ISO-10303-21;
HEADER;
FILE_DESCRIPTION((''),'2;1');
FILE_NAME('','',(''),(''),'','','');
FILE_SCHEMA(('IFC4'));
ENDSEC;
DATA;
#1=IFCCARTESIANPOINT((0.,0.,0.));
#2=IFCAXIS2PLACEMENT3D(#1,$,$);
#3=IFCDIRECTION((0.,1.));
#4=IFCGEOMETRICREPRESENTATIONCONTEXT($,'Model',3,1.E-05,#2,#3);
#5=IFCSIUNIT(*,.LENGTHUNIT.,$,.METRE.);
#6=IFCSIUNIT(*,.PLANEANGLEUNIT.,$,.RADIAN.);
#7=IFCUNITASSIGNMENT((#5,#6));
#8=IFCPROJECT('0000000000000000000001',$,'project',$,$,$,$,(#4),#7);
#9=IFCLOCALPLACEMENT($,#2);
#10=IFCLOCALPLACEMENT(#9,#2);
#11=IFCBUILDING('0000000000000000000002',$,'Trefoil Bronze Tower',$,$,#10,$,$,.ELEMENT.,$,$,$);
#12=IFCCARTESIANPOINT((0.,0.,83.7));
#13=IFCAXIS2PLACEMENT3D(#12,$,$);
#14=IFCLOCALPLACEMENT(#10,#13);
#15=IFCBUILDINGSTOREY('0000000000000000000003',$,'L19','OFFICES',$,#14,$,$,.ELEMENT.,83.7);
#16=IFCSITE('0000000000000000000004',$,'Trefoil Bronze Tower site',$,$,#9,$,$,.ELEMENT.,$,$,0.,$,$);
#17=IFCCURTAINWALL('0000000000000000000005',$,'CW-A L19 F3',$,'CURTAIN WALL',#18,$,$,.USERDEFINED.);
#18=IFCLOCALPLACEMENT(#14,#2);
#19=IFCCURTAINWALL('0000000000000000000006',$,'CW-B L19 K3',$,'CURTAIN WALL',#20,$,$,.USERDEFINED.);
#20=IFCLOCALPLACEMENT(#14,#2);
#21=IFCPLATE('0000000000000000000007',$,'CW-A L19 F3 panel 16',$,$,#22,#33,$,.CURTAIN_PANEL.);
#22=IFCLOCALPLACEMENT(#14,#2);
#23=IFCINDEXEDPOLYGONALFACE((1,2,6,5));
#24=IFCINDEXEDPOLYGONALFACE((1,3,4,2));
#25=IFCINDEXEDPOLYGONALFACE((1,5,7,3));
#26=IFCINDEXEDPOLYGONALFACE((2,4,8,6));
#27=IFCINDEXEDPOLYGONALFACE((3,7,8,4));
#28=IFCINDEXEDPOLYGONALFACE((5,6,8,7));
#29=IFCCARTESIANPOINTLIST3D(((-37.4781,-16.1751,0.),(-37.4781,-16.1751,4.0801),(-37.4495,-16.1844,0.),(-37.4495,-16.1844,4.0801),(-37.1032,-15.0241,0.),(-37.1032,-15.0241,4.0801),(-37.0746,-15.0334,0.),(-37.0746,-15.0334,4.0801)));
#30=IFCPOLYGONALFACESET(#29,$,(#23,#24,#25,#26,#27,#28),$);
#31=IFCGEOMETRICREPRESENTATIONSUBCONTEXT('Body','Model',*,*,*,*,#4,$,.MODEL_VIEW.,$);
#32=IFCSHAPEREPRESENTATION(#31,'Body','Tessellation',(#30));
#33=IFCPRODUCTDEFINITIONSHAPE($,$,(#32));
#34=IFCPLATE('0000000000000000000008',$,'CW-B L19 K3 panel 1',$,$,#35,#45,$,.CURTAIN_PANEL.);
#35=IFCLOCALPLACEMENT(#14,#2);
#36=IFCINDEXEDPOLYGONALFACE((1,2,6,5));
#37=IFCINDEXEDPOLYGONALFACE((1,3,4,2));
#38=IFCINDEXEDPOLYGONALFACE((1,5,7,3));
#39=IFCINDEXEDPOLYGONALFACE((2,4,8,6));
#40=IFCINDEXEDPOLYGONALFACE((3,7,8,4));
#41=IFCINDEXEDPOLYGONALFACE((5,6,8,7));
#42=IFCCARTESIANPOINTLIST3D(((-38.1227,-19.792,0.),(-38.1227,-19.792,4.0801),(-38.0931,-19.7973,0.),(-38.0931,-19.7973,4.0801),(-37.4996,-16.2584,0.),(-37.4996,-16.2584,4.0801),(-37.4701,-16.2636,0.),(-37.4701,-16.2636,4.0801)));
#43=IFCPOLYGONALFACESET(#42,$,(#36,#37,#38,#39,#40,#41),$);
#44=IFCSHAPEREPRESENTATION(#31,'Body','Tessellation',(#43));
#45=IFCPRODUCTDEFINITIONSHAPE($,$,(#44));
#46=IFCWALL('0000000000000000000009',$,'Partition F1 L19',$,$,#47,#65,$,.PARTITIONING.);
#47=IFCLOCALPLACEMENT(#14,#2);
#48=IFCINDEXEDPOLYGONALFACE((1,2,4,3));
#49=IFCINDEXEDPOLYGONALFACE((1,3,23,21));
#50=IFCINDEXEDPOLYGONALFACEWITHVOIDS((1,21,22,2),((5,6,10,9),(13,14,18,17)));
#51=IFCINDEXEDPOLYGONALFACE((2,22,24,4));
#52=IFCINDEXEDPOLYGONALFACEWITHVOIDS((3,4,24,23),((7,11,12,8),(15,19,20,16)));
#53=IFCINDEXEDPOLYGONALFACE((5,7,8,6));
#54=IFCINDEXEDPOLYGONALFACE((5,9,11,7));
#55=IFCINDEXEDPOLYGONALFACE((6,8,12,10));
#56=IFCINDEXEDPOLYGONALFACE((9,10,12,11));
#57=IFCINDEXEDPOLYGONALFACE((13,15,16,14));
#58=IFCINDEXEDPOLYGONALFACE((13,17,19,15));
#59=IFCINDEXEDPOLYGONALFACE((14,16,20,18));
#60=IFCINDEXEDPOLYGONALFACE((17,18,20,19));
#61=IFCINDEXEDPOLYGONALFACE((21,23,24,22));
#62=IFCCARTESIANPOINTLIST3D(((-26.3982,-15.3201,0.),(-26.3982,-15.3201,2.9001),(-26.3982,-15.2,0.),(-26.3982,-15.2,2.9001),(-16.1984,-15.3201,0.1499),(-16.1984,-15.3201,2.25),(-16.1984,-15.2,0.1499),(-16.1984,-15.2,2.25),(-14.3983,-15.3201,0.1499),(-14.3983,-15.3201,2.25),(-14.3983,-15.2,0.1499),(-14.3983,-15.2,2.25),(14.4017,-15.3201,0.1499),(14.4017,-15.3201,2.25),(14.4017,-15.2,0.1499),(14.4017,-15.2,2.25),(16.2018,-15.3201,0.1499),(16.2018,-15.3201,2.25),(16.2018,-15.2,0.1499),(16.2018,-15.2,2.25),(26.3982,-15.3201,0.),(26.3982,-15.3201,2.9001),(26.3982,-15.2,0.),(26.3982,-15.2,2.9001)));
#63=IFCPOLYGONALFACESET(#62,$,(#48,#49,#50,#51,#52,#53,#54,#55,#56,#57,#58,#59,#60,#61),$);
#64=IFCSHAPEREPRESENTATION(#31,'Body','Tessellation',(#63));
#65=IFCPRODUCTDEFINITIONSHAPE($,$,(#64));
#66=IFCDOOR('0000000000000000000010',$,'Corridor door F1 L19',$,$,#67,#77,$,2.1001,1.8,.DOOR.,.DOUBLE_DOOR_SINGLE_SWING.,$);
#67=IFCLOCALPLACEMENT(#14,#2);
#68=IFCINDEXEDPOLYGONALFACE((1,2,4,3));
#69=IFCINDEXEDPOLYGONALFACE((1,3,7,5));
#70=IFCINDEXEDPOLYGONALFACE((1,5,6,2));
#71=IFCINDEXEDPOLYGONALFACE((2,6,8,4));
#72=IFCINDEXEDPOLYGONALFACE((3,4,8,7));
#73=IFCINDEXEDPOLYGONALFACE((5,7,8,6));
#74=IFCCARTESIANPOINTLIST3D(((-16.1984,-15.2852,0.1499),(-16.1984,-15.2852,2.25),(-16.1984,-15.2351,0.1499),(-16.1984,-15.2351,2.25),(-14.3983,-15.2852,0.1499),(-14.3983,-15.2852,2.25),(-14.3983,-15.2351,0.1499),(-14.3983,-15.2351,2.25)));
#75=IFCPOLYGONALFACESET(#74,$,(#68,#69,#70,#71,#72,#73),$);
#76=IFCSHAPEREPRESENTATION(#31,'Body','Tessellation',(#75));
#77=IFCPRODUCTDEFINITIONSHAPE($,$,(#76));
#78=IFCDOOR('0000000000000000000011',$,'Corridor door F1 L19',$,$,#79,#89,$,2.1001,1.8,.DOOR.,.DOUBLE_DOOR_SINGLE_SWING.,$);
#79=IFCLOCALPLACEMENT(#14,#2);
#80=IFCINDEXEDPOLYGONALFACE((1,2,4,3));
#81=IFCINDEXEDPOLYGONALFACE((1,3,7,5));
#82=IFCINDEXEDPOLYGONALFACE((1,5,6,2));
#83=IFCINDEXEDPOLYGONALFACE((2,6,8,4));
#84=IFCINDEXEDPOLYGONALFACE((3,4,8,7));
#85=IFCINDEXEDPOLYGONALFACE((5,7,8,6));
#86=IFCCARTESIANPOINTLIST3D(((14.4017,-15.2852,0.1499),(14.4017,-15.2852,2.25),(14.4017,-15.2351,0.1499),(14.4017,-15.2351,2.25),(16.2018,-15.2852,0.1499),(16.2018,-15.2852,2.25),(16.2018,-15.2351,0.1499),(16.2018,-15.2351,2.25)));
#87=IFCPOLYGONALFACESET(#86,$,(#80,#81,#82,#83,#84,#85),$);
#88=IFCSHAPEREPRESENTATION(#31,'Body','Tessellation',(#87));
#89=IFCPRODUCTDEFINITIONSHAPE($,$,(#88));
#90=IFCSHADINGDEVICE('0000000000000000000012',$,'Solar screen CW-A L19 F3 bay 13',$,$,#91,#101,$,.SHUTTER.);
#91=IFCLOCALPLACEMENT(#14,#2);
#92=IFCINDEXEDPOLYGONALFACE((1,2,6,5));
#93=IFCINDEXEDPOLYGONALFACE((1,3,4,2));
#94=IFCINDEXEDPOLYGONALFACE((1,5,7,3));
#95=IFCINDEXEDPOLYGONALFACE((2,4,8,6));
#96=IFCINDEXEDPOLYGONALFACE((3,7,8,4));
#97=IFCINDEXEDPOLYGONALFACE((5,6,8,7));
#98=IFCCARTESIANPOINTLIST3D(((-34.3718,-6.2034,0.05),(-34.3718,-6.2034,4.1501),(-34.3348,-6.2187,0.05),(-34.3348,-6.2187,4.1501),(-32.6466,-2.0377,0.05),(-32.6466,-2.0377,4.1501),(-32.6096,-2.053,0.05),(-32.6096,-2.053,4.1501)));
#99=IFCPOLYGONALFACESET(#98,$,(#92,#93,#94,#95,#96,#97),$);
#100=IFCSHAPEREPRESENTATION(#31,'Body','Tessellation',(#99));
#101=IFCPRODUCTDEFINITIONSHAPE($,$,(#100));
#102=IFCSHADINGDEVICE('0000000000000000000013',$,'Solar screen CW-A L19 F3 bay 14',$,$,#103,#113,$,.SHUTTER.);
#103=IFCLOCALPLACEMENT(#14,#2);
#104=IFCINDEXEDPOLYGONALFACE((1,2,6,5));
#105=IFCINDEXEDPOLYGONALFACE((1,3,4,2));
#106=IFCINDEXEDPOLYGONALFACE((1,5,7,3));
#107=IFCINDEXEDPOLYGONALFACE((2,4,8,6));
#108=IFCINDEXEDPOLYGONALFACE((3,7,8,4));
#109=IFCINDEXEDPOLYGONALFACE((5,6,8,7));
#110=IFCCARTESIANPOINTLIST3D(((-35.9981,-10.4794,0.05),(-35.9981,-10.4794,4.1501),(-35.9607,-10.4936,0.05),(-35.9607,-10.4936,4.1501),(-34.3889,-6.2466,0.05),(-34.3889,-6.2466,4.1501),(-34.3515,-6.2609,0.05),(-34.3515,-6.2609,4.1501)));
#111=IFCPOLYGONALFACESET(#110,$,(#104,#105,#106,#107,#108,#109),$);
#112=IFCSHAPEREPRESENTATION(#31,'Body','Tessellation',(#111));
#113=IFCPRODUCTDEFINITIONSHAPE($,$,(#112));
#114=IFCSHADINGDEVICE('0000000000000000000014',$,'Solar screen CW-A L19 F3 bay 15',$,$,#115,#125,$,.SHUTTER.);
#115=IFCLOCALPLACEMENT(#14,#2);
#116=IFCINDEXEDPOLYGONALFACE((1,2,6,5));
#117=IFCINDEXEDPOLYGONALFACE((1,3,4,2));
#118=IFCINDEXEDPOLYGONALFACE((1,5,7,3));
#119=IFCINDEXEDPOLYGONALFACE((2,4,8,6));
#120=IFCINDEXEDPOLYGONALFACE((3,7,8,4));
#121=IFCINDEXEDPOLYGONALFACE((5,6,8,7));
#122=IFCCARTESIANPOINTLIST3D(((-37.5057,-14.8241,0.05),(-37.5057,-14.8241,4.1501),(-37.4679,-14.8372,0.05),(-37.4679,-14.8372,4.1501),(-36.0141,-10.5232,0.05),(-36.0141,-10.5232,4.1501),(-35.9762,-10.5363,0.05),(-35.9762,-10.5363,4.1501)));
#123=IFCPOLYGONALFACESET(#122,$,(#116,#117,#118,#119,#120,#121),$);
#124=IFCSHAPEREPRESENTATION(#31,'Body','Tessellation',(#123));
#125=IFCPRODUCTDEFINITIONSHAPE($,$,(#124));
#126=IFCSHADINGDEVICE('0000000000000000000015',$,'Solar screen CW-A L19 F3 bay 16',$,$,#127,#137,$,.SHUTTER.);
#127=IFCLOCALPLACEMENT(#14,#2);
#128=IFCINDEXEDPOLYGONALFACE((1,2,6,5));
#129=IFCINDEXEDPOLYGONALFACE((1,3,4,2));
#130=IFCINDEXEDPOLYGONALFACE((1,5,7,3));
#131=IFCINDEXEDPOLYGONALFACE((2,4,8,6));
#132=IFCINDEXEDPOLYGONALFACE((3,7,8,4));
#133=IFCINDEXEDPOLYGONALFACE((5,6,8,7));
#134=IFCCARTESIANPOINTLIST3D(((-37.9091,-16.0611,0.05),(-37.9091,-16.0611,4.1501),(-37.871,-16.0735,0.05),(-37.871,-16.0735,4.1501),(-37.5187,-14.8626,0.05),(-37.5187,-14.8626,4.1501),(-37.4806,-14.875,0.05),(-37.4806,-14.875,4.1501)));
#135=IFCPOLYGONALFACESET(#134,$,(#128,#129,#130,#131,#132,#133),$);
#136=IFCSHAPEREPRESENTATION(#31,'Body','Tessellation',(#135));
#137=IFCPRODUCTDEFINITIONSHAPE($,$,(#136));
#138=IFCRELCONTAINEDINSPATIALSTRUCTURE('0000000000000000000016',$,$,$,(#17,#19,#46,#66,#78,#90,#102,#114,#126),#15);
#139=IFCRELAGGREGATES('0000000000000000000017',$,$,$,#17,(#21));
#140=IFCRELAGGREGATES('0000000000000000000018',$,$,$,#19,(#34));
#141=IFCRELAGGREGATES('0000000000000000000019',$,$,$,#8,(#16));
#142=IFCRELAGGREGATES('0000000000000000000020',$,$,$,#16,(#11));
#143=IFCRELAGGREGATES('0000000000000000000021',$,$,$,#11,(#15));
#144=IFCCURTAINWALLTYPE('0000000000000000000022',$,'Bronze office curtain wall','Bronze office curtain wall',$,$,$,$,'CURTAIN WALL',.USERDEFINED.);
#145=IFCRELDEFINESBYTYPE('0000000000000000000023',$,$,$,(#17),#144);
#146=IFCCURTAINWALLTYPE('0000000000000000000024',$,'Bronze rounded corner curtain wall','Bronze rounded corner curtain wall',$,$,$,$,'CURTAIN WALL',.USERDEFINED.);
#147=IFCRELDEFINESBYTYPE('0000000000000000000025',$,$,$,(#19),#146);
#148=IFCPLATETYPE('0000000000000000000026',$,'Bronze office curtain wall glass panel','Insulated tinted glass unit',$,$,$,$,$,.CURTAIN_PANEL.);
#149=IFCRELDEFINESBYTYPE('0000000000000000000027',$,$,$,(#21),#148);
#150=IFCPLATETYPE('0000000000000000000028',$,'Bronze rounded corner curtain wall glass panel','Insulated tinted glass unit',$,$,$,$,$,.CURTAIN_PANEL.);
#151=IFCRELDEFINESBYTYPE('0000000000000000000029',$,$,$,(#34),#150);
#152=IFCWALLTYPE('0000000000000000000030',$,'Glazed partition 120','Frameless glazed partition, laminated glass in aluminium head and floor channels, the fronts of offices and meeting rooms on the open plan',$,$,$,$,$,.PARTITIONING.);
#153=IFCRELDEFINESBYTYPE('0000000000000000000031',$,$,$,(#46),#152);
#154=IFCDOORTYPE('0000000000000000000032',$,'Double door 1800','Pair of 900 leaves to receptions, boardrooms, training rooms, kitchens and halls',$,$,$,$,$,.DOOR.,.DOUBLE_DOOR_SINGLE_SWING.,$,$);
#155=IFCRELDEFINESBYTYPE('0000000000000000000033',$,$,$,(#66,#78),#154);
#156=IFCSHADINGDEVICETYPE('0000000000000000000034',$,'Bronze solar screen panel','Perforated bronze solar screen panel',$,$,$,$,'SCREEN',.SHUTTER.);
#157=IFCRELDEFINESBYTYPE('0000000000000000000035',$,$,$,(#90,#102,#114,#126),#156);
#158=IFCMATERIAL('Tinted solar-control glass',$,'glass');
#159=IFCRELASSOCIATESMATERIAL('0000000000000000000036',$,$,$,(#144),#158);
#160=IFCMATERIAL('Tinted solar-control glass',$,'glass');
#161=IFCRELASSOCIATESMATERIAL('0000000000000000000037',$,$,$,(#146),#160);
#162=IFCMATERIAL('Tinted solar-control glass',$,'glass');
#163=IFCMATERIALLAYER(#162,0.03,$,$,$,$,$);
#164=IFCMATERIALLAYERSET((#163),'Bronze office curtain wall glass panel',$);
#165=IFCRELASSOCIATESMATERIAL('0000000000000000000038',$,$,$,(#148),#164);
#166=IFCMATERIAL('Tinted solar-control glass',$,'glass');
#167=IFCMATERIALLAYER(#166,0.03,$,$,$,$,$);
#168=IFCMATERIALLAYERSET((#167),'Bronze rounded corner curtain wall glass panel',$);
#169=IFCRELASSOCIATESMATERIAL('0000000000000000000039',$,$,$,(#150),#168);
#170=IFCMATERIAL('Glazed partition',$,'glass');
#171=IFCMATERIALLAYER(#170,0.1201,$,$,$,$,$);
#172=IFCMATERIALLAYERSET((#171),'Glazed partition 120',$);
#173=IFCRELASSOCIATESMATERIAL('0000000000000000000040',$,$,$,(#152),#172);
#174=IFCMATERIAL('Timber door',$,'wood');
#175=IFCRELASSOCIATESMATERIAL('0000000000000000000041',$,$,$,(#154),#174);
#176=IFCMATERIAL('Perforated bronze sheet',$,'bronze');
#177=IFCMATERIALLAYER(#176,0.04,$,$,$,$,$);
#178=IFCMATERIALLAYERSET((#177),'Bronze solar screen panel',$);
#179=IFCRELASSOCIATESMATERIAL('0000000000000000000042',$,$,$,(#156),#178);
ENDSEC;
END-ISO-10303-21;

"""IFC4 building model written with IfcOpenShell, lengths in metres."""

from ifc_helpers import new_model, si_unit, direction, frame, frame_2d, origin, origin_2d, place, context, subcontext, project, spatial, rectangle, extrude, material, layer, layer_set, type_object, element, fill, aggregate, save


model = new_model("IFC4")

# Units and contexts
model_context = context("Model", 3, precision=1e-05, world=origin(), true_north=direction((0.0, 1.0)))
body_context = subcontext(model_context, "Body", "Model", "MODEL_VIEW")
ifc_project = project(units=[si_unit("LENGTHUNIT", "METRE"), si_unit("PLANEANGLEUNIT", "RADIAN")], contexts=[model_context])

# Site, building, storey
site_placement = place(None, origin())
site = spatial("IfcSite", under=ifc_project, at=site_placement, Name="Trefoil Bronze Tower site", CompositionType="ELEMENT", RefElevation=0.0)
building_placement = place(site_placement, origin())
building = spatial("IfcBuilding", under=site, at=building_placement, Name="Trefoil Bronze Tower", CompositionType="ELEMENT")
storey_placement = place(building_placement, frame((0.0, 0.0, 83.7)))
storey = spatial("IfcBuildingStorey", under=building, at=storey_placement, Name="L19", Description="OFFICES", CompositionType="ELEMENT", Elevation=83.7)

# Curtain walls
ifc_material_1 = material(Name="Tinted solar-control glass", Category="glass")
curtain_wall_type_1 = type_object("IfcCurtainWallType", Name="Bronze office curtain wall", Description="Bronze office curtain wall", ElementType="CURTAIN WALL", PredefinedType="USERDEFINED", material=ifc_material_1)
curtain_wall_1_placement = place(storey_placement, origin())
curtain_wall_1 = element("IfcCurtainWall", 1, at=curtain_wall_1_placement, inside=storey, type_object=curtain_wall_type_1, Name="CW-A L19 F3", ObjectType="CURTAIN WALL", PredefinedType="USERDEFINED")
ifc_material_2 = material(Name="Tinted solar-control glass", Category="glass")
curtain_wall_type_2 = type_object("IfcCurtainWallType", Name="Bronze rounded corner curtain wall", Description="Bronze rounded corner curtain wall", ElementType="CURTAIN WALL", PredefinedType="USERDEFINED", material=ifc_material_2)
curtain_wall_2_placement = place(storey_placement, origin())
curtain_wall_2 = element("IfcCurtainWall", 2, at=curtain_wall_2_placement, inside=storey, type_object=curtain_wall_type_2, Name="CW-B L19 K3", ObjectType="CURTAIN WALL", PredefinedType="USERDEFINED")

# Plates
ifc_material_3 = material(Name="Tinted solar-control glass", Category="glass")
ifc_layer_1 = layer(ifc_material_3, 0.03)
ifc_layer_set_1 = layer_set([ifc_layer_1], Name="Bronze office curtain wall glass panel")
plate_type_1 = type_object("IfcPlateType", Name="Bronze office curtain wall glass panel", Description="Insulated tinted glass unit", PredefinedType="CURTAIN_PANEL", material=ifc_layer_set_1)
plate_1_placement = place(storey_placement, frame((-37.2764, -15.6042, 0.0), z_axis=(0.0, 0.0, 1.0), x_axis=(-0.309728, -0.950825, 0.0)))
plate_1 = element("IfcPlate", 3, at=plate_1_placement, type_object=plate_type_1, Name="CW-A L19 F3 panel 16", PredefinedType="CURTAIN_PANEL", context=body_context, shape_type="SweptSolid", body=[
    extrude(rectangle(XDim=1.2104, YDim=0.03, at=origin_2d()), origin(), (0.0, 0.0, 1.0), 4.0801),
])
aggregate(curtain_wall_1, [plate_1])
ifc_material_4 = material(Name="Tinted solar-control glass", Category="glass")
ifc_layer_2 = layer(ifc_material_4, 0.03)
ifc_layer_set_2 = layer_set([ifc_layer_2], Name="Bronze rounded corner curtain wall glass panel")
plate_type_2 = type_object("IfcPlateType", Name="Bronze rounded corner curtain wall glass panel", Description="Insulated tinted glass unit", PredefinedType="CURTAIN_PANEL", material=ifc_layer_set_2)
plate_2_placement = place(storey_placement, frame((-37.7964, -18.0278, 0.0), z_axis=(0.0, 0.0, 1.0), x_axis=(-0.173648, -0.984808, 0.0)))
plate_2 = element("IfcPlate", 4, at=plate_2_placement, type_object=plate_type_2, Name="CW-B L19 K3 panel 1", PredefinedType="CURTAIN_PANEL", context=body_context, shape_type="SweptSolid", body=[
    extrude(rectangle(XDim=3.5881, YDim=0.03, at=origin_2d()), origin(), (0.0, 0.0, 1.0), 4.0801),
])
aggregate(curtain_wall_2, [plate_2])

# Wall, openings, doors
ifc_material_5 = material(Name="Glazed partition", Category="glass")
ifc_layer_3 = layer(ifc_material_5, 0.1201)
ifc_layer_set_3 = layer_set([ifc_layer_3], Name="Glazed partition 120")
wall_type = type_object("IfcWallType", Name="Glazed partition 120", Description="Frameless glazed partition, laminated glass in aluminium head and floor channels, the fronts of offices and meeting rooms on the open plan", PredefinedType="PARTITIONING", material=ifc_layer_set_3)
wall_placement = place(storey_placement, frame((-26.3982, -15.26, 0.0), z_axis=(0.0, 0.0, 1.0), x_axis=(1.0, 0.0, 0.0)))
wall = element("IfcWall", 5, at=wall_placement, inside=storey, type_object=wall_type, Name="Partition F1 L19", PredefinedType="PARTITIONING", context=body_context, shape_type="SweptSolid", body=[
    extrude(rectangle(XDim=52.7964, YDim=0.1201, at=frame_2d((26.3982, 0.0))), origin(), (0.0, 0.0, 1.0), 2.9001),
])
opening_1_placement = place(wall_placement, frame((10.2, 0.0, 0.1499)))
opening_1 = element("IfcOpeningElement", 6, at=opening_1_placement, cuts=wall, PredefinedType="OPENING", context=body_context, shape_type="SweptSolid", body=[
    extrude(rectangle(XDim=1.8, YDim=2.1001, at=frame_2d((0.8999, 1.05))), frame((0.0, 0.0701, 0.0), z_axis=(0.0, -1.0, 0.0), x_axis=(1.0, 0.0, 0.0)), (0.0, 0.0, 1.0), 0.1401),
])
opening_2_placement = place(wall_placement, frame((40.8, 0.0, 0.1499)))
opening_2 = element("IfcOpeningElement", 7, at=opening_2_placement, cuts=wall, PredefinedType="OPENING", context=body_context, shape_type="SweptSolid", body=[
    extrude(rectangle(XDim=1.8, YDim=2.1001, at=frame_2d((0.8999, 1.05))), frame((0.0, 0.0701, 0.0), z_axis=(0.0, -1.0, 0.0), x_axis=(1.0, 0.0, 0.0)), (0.0, 0.0, 1.0), 0.1401),
])
ifc_material_6 = material(Name="Timber door", Category="wood")
door_type = type_object("IfcDoorType", Name="Double door 1800", Description="Pair of 900 leaves to receptions, boardrooms, training rooms, kitchens and halls", OperationType="DOUBLE_DOOR_SINGLE_SWING", PredefinedType="DOOR", material=ifc_material_6)
door_1_placement = place(opening_1_placement, origin())
door_1 = element("IfcDoor", 8, at=door_1_placement, inside=storey, type_object=door_type, Name="Corridor door F1 L19", OperationType="DOUBLE_DOOR_SINGLE_SWING", OverallHeight=2.1001, OverallWidth=1.8, PredefinedType="DOOR", context=body_context, shape_type="SweptSolid", body=[
    extrude(rectangle(XDim=1.8, YDim=2.1001, at=frame_2d((0.8999, 1.05))), frame((0.0, 0.0249, 0.0), z_axis=(0.0, -1.0, 0.0), x_axis=(1.0, 0.0, 0.0)), (0.0, 0.0, 1.0), 0.05),
])
fill(opening_1, door_1)
door_2_placement = place(opening_2_placement, origin())
door_2 = element("IfcDoor", 9, at=door_2_placement, inside=storey, type_object=door_type, Name="Corridor door F1 L19", OperationType="DOUBLE_DOOR_SINGLE_SWING", OverallHeight=2.1001, OverallWidth=1.8, PredefinedType="DOOR", context=body_context, shape_type="SweptSolid", body=[
    extrude(rectangle(XDim=1.8, YDim=2.1001, at=frame_2d((0.8999, 1.05))), frame((0.0, 0.0249, 0.0), z_axis=(0.0, -1.0, 0.0), x_axis=(1.0, 0.0, 0.0)), (0.0, 0.0, 1.0), 0.05),
])
fill(opening_2, door_2)

# Shading devices
ifc_material_7 = material(Name="Perforated bronze sheet", Category="bronze")
ifc_layer_4 = layer(ifc_material_7, 0.04)
ifc_layer_set_4 = layer_set([ifc_layer_4], Name="Bronze solar screen panel")
shading_device_type = type_object("IfcShadingDeviceType", Name="Bronze solar screen panel", Description="Perforated bronze solar screen panel", ElementType="SCREEN", PredefinedType="SHUTTER", material=ifc_layer_set_4)
shading_device_1_placement = place(storey_placement, frame((-33.4907, -4.1282, 0.05), z_axis=(0.0, 0.0, 1.0), x_axis=(-0.38263, -0.923902, 0.0)))
element("IfcShadingDevice", 10, at=shading_device_1_placement, inside=storey, type_object=shading_device_type, Name="Solar screen CW-A L19 F3 bay 13", PredefinedType="SHUTTER", context=body_context, shape_type="SweptSolid", body=[
    extrude(rectangle(XDim=4.5088, YDim=0.04, at=origin_2d()), origin(), (0.0, 0.0, 1.0), 4.1001),
])
shading_device_2_placement = place(storey_placement, frame((-35.1748, -8.3701, 0.05), z_axis=(0.0, 0.0, 1.0), x_axis=(-0.355371, -0.934725, 0.0)))
element("IfcShadingDevice", 11, at=shading_device_2_placement, inside=storey, type_object=shading_device_type, Name="Solar screen CW-A L19 F3 bay 14", PredefinedType="SHUTTER", context=body_context, shape_type="SweptSolid", body=[
    extrude(rectangle(XDim=4.5283, YDim=0.04, at=origin_2d()), origin(), (0.0, 0.0, 1.0), 4.1001),
])
shading_device_3_placement = place(storey_placement, frame((-36.741, -12.6802, 0.05), z_axis=(0.0, 0.0, 1.0), x_axis=(-0.327674, -0.944791, 0.0)))
element("IfcShadingDevice", 12, at=shading_device_3_placement, inside=storey, type_object=shading_device_type, Name="Solar screen CW-A L19 F3 bay 15", PredefinedType="SHUTTER", context=body_context, shape_type="SweptSolid", body=[
    extrude(rectangle(XDim=4.5522, YDim=0.04, at=origin_2d()), origin(), (0.0, 0.0, 1.0), 4.1001),
])
shading_device_4_placement = place(storey_placement, frame((-37.6948, -15.468, 0.05), z_axis=(0.0, 0.0, 1.0), x_axis=(-0.309728, -0.950825, 0.0)))
element("IfcShadingDevice", 13, at=shading_device_4_placement, inside=storey, type_object=shading_device_type, Name="Solar screen CW-A L19 F3 bay 16", PredefinedType="SHUTTER", context=body_context, shape_type="SweptSolid", body=[
    extrude(rectangle(XDim=1.2605, YDim=0.04, at=origin_2d()), origin(), (0.0, 0.0, 1.0), 4.1001),
])

save(model, "model.ifc")
